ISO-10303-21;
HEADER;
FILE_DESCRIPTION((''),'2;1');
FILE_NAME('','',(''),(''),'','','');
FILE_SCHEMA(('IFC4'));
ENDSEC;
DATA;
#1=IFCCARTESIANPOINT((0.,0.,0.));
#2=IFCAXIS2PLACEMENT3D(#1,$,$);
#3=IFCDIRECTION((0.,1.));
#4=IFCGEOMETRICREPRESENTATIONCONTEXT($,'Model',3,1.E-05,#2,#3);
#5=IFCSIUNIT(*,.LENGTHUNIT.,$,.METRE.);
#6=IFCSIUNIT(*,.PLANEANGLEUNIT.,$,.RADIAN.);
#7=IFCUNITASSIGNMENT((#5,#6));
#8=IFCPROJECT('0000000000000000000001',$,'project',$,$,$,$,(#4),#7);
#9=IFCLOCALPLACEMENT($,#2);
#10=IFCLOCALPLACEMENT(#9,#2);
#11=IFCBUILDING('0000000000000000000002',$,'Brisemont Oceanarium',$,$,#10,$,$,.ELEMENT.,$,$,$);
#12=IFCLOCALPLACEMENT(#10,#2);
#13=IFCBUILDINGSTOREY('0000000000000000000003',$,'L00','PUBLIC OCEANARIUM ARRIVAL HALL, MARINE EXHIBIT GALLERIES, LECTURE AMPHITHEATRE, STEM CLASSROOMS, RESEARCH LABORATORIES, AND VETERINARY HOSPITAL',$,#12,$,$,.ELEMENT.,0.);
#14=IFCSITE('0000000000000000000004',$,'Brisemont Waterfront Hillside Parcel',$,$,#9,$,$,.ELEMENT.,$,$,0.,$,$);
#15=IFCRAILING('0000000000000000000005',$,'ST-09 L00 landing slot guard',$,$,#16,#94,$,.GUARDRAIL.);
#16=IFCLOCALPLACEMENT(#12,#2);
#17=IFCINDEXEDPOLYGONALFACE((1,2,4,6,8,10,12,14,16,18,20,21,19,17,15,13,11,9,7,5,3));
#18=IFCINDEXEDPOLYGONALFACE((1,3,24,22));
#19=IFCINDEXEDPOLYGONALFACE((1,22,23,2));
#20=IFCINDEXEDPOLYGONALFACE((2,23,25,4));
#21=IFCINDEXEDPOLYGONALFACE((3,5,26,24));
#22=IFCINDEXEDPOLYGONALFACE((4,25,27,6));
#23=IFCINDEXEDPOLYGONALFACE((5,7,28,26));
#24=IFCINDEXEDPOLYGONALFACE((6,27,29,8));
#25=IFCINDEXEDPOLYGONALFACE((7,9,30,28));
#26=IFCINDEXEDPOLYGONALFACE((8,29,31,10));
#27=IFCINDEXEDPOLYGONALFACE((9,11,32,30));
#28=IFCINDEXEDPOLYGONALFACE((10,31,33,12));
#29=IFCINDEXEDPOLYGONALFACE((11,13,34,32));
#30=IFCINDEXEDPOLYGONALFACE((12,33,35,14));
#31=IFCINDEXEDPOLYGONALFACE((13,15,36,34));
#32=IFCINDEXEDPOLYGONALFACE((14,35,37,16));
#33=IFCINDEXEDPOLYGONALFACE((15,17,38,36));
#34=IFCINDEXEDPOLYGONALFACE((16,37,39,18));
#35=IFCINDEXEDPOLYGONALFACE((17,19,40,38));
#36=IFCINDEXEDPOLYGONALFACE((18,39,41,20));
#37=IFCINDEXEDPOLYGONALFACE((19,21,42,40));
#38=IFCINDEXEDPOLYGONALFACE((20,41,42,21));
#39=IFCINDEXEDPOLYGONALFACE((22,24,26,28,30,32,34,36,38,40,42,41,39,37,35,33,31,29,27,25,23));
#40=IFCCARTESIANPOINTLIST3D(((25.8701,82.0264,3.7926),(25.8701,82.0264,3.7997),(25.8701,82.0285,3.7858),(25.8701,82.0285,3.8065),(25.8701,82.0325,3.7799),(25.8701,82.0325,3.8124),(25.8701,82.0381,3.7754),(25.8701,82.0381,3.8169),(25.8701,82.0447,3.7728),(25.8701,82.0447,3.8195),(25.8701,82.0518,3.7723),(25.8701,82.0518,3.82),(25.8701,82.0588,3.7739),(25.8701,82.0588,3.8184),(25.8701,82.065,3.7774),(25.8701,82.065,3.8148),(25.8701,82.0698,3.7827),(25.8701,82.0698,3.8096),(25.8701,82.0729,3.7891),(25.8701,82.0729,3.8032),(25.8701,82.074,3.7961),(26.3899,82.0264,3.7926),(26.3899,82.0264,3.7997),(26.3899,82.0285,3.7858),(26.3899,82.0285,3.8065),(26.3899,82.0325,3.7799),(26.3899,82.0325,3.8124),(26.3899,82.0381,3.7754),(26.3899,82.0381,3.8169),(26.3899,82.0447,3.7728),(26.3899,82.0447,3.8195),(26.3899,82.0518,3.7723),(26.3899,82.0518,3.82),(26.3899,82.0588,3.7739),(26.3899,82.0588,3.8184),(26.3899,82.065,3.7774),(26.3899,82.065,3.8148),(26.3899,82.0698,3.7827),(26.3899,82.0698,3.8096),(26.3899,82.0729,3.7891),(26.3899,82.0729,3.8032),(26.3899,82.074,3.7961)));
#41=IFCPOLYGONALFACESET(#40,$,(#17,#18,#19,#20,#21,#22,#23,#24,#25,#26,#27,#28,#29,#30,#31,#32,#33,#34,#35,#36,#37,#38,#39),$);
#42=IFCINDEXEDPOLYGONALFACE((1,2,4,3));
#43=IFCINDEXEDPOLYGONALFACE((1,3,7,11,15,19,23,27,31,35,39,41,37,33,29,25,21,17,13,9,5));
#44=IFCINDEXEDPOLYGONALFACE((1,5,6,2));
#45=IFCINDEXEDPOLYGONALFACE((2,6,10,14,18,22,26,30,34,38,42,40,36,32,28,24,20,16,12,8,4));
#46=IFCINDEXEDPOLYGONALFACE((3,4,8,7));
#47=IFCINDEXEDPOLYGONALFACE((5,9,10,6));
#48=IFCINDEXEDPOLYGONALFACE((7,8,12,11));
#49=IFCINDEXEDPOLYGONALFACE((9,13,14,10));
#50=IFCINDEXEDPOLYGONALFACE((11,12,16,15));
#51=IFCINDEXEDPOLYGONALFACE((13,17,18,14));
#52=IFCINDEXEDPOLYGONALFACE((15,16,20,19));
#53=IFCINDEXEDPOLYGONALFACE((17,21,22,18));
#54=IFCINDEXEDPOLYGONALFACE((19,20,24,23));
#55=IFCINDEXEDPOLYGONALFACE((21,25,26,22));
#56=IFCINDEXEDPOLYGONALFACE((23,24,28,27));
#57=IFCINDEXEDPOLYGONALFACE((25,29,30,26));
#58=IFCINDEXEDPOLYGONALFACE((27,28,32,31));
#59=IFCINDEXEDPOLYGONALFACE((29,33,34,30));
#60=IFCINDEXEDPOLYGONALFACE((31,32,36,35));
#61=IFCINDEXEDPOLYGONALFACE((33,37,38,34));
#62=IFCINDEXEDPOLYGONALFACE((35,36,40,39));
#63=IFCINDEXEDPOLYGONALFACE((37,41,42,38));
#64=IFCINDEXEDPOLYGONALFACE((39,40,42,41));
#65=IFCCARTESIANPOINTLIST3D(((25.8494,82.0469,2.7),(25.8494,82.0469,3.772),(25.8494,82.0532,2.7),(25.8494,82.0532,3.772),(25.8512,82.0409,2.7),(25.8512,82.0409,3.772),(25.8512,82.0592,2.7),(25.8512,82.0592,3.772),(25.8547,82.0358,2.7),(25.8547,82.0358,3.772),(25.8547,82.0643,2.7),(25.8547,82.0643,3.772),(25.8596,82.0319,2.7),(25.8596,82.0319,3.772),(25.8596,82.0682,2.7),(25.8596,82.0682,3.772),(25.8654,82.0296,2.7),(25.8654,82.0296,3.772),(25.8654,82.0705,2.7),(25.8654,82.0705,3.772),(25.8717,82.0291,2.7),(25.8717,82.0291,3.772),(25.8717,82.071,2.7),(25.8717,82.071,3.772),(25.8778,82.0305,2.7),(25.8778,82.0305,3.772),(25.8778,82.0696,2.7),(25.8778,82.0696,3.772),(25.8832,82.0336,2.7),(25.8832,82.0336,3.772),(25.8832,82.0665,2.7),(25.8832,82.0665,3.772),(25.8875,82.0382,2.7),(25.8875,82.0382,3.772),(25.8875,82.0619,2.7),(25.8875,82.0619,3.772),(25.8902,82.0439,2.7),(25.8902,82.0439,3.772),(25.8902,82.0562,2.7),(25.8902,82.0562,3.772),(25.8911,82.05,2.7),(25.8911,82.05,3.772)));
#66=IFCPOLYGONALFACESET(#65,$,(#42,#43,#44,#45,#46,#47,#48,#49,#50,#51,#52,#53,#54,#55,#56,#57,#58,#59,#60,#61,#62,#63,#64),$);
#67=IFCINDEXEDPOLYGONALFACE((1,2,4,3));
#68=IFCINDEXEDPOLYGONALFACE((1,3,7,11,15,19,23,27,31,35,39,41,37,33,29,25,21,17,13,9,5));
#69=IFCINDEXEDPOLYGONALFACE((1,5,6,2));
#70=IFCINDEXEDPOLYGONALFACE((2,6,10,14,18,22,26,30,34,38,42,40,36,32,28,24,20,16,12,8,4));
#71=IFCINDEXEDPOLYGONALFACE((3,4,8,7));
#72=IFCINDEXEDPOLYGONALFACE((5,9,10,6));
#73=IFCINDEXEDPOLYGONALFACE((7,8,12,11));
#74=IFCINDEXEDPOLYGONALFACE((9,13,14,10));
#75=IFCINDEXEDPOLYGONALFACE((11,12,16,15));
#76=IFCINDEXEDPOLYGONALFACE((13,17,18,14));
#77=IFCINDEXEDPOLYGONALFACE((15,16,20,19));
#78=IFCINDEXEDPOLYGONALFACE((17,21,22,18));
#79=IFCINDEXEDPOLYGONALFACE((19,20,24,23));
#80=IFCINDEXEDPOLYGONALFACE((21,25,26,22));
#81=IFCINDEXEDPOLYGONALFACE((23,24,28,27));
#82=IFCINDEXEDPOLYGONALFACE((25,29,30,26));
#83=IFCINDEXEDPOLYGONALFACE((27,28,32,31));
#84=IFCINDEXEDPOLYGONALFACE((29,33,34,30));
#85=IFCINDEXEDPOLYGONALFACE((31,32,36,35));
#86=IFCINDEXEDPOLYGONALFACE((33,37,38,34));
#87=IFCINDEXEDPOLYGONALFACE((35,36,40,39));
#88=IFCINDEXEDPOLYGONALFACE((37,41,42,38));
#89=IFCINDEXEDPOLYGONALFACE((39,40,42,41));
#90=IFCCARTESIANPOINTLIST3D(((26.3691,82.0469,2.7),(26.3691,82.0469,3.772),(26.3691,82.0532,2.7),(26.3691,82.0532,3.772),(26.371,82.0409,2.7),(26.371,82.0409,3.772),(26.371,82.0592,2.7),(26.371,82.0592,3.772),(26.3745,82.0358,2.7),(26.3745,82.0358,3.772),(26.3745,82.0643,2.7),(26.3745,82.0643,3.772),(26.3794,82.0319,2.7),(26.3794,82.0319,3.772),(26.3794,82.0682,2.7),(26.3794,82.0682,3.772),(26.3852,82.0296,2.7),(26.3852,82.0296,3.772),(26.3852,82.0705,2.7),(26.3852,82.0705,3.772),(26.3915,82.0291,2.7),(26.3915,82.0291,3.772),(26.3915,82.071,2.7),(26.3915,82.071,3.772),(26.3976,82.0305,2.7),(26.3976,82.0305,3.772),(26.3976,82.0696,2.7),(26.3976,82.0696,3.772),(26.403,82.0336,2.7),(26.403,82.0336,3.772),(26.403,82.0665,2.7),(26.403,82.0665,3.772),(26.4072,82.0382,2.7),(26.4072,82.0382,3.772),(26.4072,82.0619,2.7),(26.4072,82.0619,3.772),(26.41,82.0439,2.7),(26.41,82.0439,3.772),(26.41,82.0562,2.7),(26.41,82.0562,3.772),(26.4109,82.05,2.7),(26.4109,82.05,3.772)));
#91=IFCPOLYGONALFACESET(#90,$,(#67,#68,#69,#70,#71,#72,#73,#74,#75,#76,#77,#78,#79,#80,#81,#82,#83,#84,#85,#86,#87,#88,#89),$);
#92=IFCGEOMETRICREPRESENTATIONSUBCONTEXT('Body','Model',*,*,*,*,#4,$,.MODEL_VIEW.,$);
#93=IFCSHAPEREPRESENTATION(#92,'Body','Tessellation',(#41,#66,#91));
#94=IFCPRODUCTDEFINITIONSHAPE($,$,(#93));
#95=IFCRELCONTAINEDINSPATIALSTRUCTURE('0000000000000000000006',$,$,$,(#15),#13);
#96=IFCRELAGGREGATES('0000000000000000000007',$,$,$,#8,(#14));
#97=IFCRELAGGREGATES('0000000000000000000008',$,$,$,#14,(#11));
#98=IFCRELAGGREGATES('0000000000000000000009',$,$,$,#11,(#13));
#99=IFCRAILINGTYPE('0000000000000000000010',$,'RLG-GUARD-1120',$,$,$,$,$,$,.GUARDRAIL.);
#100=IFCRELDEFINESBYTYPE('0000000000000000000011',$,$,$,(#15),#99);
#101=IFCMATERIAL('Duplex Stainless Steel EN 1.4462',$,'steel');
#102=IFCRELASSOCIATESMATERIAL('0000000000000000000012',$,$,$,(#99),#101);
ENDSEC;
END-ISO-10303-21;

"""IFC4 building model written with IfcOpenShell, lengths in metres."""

from ifc_helpers import new_model, si_unit, direction, frame, origin, origin_2d, place, context, subcontext, project, spatial, circle, extrude, material, type_object, element, save


model = new_model("IFC4")

# Units and contexts
model_context = context("Model", 3, precision=1e-05, world=origin(), true_north=direction((0.0, 1.0)))
body_context = subcontext(model_context, "Body", "Model", "MODEL_VIEW")
ifc_project = project(units=[si_unit("LENGTHUNIT", "METRE"), si_unit("PLANEANGLEUNIT", "RADIAN")], contexts=[model_context])

# Site, building, storey
site_placement = place(None, origin())
site = spatial("IfcSite", under=ifc_project, at=site_placement, Name="Brisemont Waterfront Hillside Parcel", CompositionType="ELEMENT", RefElevation=0.0)
building_placement = place(site_placement, origin())
building = spatial("IfcBuilding", under=site, at=building_placement, Name="Brisemont Oceanarium", CompositionType="ELEMENT")
storey_placement = place(building_placement, origin())
storey = spatial("IfcBuildingStorey", under=building, at=storey_placement, Name="L00", Description="PUBLIC OCEANARIUM ARRIVAL HALL, MARINE EXHIBIT GALLERIES, LECTURE AMPHITHEATRE, STEM CLASSROOMS, RESEARCH LABORATORIES, AND VETERINARY HOSPITAL", CompositionType="ELEMENT", Elevation=0.0)

# Railing
ifc_material_1 = material(Name="Duplex Stainless Steel EN 1.4462", Category="steel")
railing_type_1 = type_object("IfcRailingType", Name="RLG-GUARD-1120", PredefinedType="GUARDRAIL", material=ifc_material_1)
railing_1_placement = place(storey_placement, frame((25.8701, 82.05, 2.7)))
element("IfcRailing", 1, at=railing_1_placement, inside=storey, type_object=railing_type_1, Name="ST-09 L00 landing slot guard", PredefinedType="GUARDRAIL", context=body_context, shape_type="SweptSolid", body=[
    extrude(circle(Radius=0.0239, at=origin_2d()), frame((0.0, 0.0, 1.0962), z_axis=(1.0, 0.0, 0.0), x_axis=(0.0, 1.0, 0.0)), (0.0, 0.0, 1.0), 0.5198),
    extrude(circle(Radius=0.021, at=origin_2d()), origin(), (0.0, 0.0, 1.0), 1.072),
    extrude(circle(Radius=0.021, at=origin_2d()), frame((0.5198, 0.0, 0.0)), (0.0, 0.0, 1.0), 1.072),
])

save(model, "model.ifc")
